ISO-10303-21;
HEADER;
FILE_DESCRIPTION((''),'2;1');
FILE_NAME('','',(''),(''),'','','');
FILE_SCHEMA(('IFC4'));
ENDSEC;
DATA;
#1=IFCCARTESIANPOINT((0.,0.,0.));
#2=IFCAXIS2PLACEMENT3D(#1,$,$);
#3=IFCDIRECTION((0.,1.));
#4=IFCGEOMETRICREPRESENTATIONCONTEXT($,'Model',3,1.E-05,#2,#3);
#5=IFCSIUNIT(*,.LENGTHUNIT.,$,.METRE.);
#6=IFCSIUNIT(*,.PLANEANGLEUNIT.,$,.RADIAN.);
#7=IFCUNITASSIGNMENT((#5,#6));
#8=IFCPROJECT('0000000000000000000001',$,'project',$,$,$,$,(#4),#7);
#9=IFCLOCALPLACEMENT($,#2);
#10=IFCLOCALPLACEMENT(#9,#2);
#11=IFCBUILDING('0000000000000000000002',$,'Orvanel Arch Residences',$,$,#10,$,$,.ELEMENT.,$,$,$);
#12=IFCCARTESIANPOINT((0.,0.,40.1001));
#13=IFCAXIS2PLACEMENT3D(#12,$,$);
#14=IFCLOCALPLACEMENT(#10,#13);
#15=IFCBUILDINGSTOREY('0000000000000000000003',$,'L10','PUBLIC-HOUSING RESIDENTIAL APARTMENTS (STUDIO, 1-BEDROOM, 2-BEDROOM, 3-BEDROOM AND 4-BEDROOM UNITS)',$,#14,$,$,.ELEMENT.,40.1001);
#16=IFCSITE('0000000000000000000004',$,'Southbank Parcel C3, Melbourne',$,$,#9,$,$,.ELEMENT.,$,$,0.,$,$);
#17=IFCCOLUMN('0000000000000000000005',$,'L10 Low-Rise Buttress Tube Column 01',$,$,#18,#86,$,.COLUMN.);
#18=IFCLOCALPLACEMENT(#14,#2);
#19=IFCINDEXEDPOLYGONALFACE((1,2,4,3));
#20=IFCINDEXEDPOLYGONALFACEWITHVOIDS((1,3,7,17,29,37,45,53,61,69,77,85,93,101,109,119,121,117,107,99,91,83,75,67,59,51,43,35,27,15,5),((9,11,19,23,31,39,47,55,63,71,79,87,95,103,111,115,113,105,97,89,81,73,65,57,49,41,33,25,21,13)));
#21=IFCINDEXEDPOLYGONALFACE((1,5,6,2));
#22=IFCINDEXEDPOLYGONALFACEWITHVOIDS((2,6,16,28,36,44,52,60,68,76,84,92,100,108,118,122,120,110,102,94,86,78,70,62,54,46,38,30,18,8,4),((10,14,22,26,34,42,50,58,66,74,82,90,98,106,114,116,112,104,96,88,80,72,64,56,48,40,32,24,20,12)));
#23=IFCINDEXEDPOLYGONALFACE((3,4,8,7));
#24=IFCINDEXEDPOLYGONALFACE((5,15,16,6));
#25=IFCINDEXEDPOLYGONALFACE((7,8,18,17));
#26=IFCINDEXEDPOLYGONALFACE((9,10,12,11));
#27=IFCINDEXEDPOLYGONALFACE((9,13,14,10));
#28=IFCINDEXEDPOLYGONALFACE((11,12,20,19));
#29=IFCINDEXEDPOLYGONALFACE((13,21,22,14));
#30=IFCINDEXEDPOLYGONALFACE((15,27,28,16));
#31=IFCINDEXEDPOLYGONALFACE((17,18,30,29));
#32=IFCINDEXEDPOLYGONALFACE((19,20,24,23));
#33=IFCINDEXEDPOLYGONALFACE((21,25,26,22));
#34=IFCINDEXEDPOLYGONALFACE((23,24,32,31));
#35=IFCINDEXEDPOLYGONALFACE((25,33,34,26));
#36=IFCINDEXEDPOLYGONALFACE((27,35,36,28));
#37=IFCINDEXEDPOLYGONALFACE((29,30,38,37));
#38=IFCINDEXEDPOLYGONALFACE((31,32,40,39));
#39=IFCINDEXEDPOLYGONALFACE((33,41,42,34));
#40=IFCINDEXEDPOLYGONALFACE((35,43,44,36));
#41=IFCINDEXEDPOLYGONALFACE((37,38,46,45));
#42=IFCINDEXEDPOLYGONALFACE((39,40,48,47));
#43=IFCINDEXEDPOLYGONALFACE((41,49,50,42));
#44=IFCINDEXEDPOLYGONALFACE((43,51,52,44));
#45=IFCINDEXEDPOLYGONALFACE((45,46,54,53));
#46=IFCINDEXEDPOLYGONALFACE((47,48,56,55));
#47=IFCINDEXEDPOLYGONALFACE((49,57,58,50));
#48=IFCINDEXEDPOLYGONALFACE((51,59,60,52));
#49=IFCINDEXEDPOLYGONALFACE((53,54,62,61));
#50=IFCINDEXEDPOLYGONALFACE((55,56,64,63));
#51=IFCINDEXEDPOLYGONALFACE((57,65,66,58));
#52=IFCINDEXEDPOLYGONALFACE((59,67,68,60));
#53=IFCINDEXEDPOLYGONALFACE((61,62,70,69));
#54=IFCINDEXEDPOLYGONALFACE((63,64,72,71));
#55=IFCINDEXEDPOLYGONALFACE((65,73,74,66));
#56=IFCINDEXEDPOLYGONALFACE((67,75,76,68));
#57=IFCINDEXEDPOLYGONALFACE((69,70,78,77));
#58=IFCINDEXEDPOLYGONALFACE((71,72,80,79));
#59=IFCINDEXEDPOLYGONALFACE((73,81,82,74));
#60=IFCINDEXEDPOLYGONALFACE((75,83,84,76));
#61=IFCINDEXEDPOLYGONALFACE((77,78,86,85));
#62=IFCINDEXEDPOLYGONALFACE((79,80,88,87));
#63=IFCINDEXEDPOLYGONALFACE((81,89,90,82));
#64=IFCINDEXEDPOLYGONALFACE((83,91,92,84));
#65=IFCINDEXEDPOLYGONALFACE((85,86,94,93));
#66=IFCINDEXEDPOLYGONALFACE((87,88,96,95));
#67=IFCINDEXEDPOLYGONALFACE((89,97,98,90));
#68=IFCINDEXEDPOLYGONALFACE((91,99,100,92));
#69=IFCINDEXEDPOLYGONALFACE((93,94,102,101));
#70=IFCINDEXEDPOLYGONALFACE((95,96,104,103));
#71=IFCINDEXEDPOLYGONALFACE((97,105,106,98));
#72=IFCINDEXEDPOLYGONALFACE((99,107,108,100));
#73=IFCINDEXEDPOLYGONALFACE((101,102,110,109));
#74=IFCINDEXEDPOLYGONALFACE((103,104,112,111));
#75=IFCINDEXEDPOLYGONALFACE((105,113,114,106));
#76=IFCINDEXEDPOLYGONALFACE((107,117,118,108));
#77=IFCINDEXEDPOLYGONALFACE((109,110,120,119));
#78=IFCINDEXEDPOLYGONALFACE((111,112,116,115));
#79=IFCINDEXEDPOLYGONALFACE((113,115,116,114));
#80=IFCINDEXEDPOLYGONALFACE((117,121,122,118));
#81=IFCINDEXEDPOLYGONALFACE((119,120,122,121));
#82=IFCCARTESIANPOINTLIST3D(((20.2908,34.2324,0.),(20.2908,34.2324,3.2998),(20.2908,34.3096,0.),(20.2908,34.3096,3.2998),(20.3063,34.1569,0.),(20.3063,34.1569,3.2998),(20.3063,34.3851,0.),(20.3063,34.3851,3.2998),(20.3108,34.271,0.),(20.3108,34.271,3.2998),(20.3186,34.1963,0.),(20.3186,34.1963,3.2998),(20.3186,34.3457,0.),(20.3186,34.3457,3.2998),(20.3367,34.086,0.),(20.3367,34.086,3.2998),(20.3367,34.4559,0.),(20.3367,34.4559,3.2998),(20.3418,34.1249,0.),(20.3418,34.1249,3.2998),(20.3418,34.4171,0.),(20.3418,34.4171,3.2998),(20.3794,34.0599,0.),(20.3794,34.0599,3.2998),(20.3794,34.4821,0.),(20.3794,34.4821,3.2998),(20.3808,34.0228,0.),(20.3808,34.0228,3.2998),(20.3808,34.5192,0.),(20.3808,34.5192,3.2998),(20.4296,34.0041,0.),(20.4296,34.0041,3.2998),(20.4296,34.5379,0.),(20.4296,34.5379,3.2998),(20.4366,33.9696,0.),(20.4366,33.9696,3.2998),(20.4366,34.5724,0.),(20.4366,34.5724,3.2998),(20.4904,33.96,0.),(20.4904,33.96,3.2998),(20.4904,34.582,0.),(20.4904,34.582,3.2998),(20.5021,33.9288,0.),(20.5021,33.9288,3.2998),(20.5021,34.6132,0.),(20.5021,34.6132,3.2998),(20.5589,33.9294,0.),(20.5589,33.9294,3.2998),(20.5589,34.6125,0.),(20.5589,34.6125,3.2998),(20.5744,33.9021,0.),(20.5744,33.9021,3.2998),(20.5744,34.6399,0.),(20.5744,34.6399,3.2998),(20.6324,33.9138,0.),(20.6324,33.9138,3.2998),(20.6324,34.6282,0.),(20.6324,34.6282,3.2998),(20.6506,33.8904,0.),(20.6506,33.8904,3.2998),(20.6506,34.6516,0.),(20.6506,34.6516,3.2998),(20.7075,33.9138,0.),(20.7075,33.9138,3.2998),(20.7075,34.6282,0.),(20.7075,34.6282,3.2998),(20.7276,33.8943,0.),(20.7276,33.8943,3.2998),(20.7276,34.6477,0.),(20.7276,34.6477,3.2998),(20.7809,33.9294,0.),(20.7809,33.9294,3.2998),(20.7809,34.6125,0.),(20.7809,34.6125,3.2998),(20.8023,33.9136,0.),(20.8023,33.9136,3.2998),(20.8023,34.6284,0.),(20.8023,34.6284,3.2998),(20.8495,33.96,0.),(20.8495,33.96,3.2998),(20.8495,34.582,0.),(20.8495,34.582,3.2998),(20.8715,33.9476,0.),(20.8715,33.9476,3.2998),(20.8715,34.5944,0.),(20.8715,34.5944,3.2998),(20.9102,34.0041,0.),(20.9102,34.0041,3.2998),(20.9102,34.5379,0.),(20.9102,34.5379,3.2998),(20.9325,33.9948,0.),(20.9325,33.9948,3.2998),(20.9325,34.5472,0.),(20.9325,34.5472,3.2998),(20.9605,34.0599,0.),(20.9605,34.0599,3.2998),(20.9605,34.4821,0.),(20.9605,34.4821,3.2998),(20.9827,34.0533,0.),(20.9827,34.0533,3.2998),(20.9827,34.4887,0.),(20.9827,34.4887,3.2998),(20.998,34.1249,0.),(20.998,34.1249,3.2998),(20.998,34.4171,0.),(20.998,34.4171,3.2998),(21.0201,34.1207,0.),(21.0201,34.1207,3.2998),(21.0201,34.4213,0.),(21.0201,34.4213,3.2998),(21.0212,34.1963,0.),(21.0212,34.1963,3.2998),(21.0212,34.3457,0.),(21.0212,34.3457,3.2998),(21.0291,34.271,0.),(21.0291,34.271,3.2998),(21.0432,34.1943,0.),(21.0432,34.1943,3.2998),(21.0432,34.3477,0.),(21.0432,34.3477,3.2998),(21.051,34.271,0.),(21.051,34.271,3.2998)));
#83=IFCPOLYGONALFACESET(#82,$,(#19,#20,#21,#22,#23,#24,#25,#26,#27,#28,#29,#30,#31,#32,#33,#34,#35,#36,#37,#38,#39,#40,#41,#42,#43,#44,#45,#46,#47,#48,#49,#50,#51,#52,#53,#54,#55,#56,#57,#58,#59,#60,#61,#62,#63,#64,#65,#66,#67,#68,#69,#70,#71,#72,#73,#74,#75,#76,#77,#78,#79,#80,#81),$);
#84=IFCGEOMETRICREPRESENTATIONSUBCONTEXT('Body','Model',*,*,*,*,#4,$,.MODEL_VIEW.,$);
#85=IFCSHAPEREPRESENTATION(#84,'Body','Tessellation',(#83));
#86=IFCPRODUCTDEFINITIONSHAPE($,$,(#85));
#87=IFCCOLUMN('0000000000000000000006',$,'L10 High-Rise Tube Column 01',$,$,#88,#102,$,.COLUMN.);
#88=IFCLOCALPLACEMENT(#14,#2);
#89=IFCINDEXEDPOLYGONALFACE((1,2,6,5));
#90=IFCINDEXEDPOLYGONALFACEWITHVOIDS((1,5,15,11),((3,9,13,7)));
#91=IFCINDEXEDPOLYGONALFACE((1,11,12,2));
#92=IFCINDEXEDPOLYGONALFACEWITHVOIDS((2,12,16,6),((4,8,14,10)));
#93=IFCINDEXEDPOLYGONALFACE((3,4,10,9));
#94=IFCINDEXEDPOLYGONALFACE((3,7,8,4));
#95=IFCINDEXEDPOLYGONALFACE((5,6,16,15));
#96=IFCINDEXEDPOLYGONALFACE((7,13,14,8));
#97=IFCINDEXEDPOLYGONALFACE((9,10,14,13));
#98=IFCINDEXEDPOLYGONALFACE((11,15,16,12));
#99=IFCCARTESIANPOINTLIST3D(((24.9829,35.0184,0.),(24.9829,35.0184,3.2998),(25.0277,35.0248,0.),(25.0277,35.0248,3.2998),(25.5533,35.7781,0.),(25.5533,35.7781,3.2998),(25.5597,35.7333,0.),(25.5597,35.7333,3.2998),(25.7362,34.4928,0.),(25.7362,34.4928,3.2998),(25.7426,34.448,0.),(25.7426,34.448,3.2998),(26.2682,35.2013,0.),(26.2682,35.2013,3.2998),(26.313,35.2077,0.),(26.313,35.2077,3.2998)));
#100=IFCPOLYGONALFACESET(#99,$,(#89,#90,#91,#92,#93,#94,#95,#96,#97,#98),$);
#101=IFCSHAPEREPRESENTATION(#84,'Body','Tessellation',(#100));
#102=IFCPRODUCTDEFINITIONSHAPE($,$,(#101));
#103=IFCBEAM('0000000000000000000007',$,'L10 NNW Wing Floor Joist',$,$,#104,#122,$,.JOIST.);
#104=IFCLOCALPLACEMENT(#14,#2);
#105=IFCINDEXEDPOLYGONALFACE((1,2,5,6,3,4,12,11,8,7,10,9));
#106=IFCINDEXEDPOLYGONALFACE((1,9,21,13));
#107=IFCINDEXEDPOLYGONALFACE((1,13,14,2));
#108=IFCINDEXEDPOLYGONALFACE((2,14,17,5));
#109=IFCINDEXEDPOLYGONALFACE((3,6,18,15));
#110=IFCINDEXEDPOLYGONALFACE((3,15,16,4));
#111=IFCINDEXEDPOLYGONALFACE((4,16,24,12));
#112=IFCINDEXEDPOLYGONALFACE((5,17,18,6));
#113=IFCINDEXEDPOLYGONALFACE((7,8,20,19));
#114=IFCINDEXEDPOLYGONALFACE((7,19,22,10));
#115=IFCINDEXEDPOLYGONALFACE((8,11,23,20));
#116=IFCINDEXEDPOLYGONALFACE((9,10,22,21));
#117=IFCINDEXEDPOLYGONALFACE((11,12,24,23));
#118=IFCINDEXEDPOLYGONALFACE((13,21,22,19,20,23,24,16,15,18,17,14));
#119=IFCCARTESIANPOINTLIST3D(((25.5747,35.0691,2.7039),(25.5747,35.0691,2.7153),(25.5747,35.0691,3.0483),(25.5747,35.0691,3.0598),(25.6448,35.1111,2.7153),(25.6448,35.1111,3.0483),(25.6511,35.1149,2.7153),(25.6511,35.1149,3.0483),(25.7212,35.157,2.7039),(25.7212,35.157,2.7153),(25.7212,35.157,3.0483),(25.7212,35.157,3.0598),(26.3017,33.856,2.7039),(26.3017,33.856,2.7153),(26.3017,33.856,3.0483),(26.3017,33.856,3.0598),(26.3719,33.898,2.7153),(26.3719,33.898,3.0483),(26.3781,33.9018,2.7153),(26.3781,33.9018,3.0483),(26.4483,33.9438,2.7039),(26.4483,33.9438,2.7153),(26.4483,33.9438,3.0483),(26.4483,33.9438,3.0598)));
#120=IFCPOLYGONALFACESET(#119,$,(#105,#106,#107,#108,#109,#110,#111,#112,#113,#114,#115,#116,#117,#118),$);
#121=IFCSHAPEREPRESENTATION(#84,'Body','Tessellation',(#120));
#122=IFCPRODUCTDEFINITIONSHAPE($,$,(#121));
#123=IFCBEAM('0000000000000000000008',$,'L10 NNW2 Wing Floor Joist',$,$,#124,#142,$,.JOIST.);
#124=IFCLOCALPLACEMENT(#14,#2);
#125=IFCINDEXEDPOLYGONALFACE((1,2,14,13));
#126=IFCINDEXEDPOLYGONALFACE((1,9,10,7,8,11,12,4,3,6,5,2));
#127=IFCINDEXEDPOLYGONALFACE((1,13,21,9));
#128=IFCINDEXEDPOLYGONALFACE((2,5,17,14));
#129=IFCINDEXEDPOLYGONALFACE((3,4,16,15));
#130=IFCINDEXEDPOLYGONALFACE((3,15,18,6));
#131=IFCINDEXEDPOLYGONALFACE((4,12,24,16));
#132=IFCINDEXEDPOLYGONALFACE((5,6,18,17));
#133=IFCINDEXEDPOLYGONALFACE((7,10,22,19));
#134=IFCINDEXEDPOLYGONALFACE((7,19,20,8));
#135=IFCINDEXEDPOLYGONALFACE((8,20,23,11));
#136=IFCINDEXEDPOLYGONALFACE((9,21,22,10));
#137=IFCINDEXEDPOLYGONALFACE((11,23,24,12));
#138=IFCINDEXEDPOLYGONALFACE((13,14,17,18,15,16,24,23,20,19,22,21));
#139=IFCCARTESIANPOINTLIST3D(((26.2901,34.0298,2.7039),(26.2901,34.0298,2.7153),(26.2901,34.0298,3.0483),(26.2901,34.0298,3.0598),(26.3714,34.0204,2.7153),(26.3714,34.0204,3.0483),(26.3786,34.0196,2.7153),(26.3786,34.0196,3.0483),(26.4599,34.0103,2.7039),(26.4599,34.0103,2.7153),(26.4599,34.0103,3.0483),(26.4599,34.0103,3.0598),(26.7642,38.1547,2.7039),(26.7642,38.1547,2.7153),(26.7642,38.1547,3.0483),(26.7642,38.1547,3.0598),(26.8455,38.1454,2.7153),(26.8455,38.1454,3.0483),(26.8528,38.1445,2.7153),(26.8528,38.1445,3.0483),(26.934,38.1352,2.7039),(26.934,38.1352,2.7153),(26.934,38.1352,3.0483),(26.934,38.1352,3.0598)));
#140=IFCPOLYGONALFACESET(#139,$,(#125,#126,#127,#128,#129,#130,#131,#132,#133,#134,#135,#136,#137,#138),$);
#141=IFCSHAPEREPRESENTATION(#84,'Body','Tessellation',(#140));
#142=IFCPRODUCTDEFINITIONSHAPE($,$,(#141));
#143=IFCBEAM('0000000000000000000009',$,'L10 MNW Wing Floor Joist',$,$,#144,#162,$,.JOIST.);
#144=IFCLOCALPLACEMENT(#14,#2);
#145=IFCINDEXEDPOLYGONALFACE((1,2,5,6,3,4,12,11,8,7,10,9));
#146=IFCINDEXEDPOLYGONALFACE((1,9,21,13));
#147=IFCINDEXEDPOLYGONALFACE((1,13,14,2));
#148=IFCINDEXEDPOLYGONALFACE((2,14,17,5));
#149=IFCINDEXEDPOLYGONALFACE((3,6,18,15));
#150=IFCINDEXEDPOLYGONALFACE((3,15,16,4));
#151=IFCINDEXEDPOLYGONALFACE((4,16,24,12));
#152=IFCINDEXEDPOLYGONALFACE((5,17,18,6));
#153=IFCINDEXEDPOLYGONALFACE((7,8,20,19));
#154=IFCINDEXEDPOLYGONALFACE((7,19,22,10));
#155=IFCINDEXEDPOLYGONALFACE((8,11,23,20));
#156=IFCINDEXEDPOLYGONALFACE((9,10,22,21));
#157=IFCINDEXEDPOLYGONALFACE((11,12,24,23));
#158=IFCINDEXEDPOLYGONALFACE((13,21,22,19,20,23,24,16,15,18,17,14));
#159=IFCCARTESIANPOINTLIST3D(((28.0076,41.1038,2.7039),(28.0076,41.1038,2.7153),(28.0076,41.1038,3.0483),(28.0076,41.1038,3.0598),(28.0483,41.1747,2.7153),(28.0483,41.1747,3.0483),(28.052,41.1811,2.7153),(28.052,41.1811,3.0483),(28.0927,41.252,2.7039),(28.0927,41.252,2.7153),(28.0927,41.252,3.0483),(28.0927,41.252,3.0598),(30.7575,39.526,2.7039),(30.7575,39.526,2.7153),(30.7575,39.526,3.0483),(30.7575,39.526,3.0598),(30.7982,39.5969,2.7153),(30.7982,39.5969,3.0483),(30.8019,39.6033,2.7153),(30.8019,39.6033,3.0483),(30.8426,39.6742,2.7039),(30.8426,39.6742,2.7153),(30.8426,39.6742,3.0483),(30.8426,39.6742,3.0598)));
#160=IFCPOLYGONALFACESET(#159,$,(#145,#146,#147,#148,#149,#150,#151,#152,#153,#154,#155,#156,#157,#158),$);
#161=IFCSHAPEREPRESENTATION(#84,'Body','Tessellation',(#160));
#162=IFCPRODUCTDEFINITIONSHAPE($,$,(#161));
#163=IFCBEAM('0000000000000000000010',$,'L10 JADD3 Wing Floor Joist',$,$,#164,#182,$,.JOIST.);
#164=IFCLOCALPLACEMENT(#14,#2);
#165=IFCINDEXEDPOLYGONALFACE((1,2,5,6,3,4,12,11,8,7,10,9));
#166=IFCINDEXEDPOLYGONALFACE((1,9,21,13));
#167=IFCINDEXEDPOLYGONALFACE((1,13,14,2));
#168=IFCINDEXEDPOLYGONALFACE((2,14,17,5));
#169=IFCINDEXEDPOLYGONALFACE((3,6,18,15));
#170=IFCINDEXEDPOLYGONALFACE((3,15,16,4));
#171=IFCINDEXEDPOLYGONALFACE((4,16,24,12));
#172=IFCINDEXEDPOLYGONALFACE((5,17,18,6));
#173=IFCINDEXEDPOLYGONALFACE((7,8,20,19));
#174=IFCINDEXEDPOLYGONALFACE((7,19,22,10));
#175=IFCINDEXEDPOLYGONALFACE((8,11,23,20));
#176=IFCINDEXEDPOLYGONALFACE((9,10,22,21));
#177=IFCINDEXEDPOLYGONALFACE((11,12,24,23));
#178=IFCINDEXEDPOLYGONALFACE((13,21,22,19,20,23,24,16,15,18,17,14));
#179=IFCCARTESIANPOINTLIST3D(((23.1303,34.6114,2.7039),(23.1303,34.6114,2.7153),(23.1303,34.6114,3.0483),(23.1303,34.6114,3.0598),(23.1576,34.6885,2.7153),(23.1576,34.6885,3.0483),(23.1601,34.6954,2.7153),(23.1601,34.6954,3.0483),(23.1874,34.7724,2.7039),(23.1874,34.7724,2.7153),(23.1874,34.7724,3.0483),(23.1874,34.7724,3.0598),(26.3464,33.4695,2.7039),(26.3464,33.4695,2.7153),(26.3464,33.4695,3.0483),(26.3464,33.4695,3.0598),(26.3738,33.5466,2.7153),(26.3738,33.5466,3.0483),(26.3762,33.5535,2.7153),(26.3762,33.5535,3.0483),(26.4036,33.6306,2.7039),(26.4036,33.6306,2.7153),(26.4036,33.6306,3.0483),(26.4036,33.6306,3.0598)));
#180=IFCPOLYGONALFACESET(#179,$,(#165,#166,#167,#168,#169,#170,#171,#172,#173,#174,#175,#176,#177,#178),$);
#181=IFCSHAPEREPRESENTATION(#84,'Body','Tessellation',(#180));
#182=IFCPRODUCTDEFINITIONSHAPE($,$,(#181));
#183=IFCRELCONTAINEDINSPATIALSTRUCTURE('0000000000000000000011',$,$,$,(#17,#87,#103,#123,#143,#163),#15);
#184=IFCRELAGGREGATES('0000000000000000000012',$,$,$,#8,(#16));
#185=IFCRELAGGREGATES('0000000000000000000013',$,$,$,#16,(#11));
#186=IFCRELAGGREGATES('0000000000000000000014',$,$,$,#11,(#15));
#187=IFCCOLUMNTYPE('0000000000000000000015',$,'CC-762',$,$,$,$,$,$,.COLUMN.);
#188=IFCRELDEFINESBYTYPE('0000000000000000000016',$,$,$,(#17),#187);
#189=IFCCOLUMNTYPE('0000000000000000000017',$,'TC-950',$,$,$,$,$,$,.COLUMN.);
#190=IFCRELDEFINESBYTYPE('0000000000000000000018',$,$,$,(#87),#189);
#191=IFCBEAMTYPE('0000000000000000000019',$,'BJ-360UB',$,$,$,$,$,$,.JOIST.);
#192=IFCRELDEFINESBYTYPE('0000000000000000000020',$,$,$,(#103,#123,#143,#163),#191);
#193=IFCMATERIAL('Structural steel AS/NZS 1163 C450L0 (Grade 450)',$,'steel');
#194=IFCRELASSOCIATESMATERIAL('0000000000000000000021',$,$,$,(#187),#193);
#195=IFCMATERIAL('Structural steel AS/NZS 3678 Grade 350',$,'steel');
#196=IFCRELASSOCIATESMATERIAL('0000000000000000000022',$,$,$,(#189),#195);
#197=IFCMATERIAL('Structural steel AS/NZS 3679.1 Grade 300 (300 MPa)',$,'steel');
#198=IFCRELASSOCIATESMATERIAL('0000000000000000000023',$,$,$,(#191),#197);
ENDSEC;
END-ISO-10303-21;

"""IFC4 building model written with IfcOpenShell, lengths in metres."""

from ifc_helpers import new_model, si_unit, direction, frame, origin, origin_2d, place, context, subcontext, project, spatial, hollow_rectangle, hollow_circle, i_section, extrude, material, material_profile, profile_set, type_object, element, save


model = new_model("IFC4")

# Units and contexts
model_context = context("Model", 3, precision=1e-05, world=origin(), true_north=direction((0.0, 1.0)))
body_context = subcontext(model_context, "Body", "Model", "MODEL_VIEW")
ifc_project = project(units=[si_unit("LENGTHUNIT", "METRE"), si_unit("PLANEANGLEUNIT", "RADIAN")], contexts=[model_context])

# Site, building, storey
site_placement = place(None, origin())
site = spatial("IfcSite", under=ifc_project, at=site_placement, Name="Southbank Parcel C3, Melbourne", CompositionType="ELEMENT", RefElevation=0.0)
building_placement = place(site_placement, origin())
building = spatial("IfcBuilding", under=site, at=building_placement, Name="Orvanel Arch Residences", CompositionType="ELEMENT")
storey_placement = place(building_placement, frame((0.0, 0.0, 40.1001)))
storey = spatial("IfcBuildingStorey", under=building, at=storey_placement, Name="L10", Description="PUBLIC-HOUSING RESIDENTIAL APARTMENTS (STUDIO, 1-BEDROOM, 2-BEDROOM, 3-BEDROOM AND 4-BEDROOM UNITS)", CompositionType="ELEMENT", Elevation=40.1001)

# Columns
ifc_material_1 = material(Name="Structural steel AS/NZS 1163 C450L0 (Grade 450)", Category="steel")
ifc_material_profile_1 = material_profile(ifc_material_1, hollow_circle(Radius=0.3811, WallThickness=0.022, at=origin_2d()), Name="CHS762x22")
ifc_profile_set_1 = profile_set([ifc_material_profile_1], Name="Structural steel AS/NZS 1163 C450L0 (Grade 450)")
column_type_1 = type_object("IfcColumnType", Name="CC-762", PredefinedType="COLUMN", material=ifc_profile_set_1)
column_1_placement = place(storey_placement, frame((20.6699, 34.271, 0.0), z_axis=(0.0, 0.0, 1.0), x_axis=(1.0, 0.0, 0.0)))
element("IfcColumn", 1, at=column_1_placement, inside=storey, type_object=column_type_1, Name="L10 Low-Rise Buttress Tube Column 01", PredefinedType="COLUMN", context=body_context, shape_type="SweptSolid", body=[
    extrude(hollow_circle(Radius=0.3811, WallThickness=0.022, at=origin_2d()), origin(), (0.0, 0.0, 1.0), 3.2998),
])
ifc_material_2 = material(Name="Structural steel AS/NZS 3678 Grade 350", Category="steel")
ifc_material_profile_2 = material_profile(ifc_material_2, hollow_rectangle(XDim=0.95, YDim=0.95, WallThickness=0.032, at=origin_2d()), Name="BOX950x950x32")
ifc_profile_set_2 = profile_set([ifc_material_profile_2], Name="Structural steel AS/NZS 3678 Grade 350")
column_type_2 = type_object("IfcColumnType", Name="TC-950", PredefinedType="COLUMN", material=ifc_profile_set_2)
column_2_placement = place(storey_placement, frame((25.6479, 35.113, 0.0), z_axis=(0.0, 0.0, 1.0), x_axis=(0.60042, 0.799685, 0.0)))
element("IfcColumn", 2, at=column_2_placement, inside=storey, type_object=column_type_2, Name="L10 High-Rise Tube Column 01", PredefinedType="COLUMN", context=body_context, shape_type="SweptSolid", body=[
    extrude(hollow_rectangle(XDim=0.95, YDim=0.95, WallThickness=0.032, at=origin_2d()), origin(), (0.0, 0.0, 1.0), 3.2998),
])

# Beams
ifc_material_3 = material(Name="Structural steel AS/NZS 3679.1 Grade 300 (300 MPa)", Category="steel")
ifc_material_profile_3 = material_profile(ifc_material_3, i_section(OverallWidth=0.1709, OverallDepth=0.356, WebThickness=0.0073, FlangeThickness=0.0115, at=origin_2d()), Name="360UB50.7")
ifc_profile_set_3 = profile_set([ifc_material_profile_3], Name="Structural steel AS/NZS 3679.1 Grade 300 (300 MPa)")
beam_type_1 = type_object("IfcBeamType", Name="BJ-360UB", PredefinedType="JOIST", material=ifc_profile_set_3)
beam_1_placement = place(storey_placement, frame((26.375, 33.8999, 2.8818), z_axis=(-0.514064, 0.857752, 0.0), x_axis=(-0.857752, -0.514064, 0.0)))
element("IfcBeam", 3, at=beam_1_placement, inside=storey, type_object=beam_type_1, Name="L10 NNW Wing Floor Joist", PredefinedType="JOIST", context=body_context, shape_type="SweptSolid", body=[
    extrude(i_section(OverallWidth=0.1709, OverallDepth=0.356, WebThickness=0.0073, FlangeThickness=0.0115, at=origin_2d()), origin(), (0.0, 0.0, 1.0), 1.4143),
])
beam_2_placement = place(storey_placement, frame((26.375, 34.02, 2.8818), z_axis=(0.114187, 0.993459, 0.0), x_axis=(-0.993459, 0.114187, 0.0)))
element("IfcBeam", 4, at=beam_2_placement, inside=storey, type_object=beam_type_1, Name="L10 NNW2 Wing Floor Joist", PredefinedType="JOIST", context=body_context, shape_type="SweptSolid", body=[
    extrude(i_section(OverallWidth=0.1709, OverallDepth=0.356, WebThickness=0.0073, FlangeThickness=0.0115, at=origin_2d()), origin(), (0.0, 0.0, 1.0), 4.1521),
])
beam_3_placement = place(storey_placement, frame((30.8, 39.6001, 2.8818), z_axis=(-0.867365, 0.497672, 0.0), x_axis=(-0.497672, -0.867365, 0.0)))
element("IfcBeam", 5, at=beam_3_placement, inside=storey, type_object=beam_type_1, Name="L10 MNW Wing Floor Joist", PredefinedType="JOIST", context=body_context, shape_type="SweptSolid", body=[
    extrude(i_section(OverallWidth=0.1709, OverallDepth=0.356, WebThickness=0.0073, FlangeThickness=0.0115, at=origin_2d()), origin(), (0.0, 0.0, 1.0), 3.1704),
])
beam_4_placement = place(storey_placement, frame((26.375, 33.55, 2.8818), z_axis=(-0.942367, 0.334582, 0.0), x_axis=(-0.334582, -0.942367, 0.0)))
element("IfcBeam", 6, at=beam_4_placement, inside=storey, type_object=beam_type_1, Name="L10 JADD3 Wing Floor Joist", PredefinedType="JOIST", context=body_context, shape_type="SweptSolid", body=[
    extrude(i_section(OverallWidth=0.1709, OverallDepth=0.356, WebThickness=0.0073, FlangeThickness=0.0115, at=origin_2d()), origin(), (0.0, 0.0, 1.0), 3.4128),
])

save(model, "model.ifc")
